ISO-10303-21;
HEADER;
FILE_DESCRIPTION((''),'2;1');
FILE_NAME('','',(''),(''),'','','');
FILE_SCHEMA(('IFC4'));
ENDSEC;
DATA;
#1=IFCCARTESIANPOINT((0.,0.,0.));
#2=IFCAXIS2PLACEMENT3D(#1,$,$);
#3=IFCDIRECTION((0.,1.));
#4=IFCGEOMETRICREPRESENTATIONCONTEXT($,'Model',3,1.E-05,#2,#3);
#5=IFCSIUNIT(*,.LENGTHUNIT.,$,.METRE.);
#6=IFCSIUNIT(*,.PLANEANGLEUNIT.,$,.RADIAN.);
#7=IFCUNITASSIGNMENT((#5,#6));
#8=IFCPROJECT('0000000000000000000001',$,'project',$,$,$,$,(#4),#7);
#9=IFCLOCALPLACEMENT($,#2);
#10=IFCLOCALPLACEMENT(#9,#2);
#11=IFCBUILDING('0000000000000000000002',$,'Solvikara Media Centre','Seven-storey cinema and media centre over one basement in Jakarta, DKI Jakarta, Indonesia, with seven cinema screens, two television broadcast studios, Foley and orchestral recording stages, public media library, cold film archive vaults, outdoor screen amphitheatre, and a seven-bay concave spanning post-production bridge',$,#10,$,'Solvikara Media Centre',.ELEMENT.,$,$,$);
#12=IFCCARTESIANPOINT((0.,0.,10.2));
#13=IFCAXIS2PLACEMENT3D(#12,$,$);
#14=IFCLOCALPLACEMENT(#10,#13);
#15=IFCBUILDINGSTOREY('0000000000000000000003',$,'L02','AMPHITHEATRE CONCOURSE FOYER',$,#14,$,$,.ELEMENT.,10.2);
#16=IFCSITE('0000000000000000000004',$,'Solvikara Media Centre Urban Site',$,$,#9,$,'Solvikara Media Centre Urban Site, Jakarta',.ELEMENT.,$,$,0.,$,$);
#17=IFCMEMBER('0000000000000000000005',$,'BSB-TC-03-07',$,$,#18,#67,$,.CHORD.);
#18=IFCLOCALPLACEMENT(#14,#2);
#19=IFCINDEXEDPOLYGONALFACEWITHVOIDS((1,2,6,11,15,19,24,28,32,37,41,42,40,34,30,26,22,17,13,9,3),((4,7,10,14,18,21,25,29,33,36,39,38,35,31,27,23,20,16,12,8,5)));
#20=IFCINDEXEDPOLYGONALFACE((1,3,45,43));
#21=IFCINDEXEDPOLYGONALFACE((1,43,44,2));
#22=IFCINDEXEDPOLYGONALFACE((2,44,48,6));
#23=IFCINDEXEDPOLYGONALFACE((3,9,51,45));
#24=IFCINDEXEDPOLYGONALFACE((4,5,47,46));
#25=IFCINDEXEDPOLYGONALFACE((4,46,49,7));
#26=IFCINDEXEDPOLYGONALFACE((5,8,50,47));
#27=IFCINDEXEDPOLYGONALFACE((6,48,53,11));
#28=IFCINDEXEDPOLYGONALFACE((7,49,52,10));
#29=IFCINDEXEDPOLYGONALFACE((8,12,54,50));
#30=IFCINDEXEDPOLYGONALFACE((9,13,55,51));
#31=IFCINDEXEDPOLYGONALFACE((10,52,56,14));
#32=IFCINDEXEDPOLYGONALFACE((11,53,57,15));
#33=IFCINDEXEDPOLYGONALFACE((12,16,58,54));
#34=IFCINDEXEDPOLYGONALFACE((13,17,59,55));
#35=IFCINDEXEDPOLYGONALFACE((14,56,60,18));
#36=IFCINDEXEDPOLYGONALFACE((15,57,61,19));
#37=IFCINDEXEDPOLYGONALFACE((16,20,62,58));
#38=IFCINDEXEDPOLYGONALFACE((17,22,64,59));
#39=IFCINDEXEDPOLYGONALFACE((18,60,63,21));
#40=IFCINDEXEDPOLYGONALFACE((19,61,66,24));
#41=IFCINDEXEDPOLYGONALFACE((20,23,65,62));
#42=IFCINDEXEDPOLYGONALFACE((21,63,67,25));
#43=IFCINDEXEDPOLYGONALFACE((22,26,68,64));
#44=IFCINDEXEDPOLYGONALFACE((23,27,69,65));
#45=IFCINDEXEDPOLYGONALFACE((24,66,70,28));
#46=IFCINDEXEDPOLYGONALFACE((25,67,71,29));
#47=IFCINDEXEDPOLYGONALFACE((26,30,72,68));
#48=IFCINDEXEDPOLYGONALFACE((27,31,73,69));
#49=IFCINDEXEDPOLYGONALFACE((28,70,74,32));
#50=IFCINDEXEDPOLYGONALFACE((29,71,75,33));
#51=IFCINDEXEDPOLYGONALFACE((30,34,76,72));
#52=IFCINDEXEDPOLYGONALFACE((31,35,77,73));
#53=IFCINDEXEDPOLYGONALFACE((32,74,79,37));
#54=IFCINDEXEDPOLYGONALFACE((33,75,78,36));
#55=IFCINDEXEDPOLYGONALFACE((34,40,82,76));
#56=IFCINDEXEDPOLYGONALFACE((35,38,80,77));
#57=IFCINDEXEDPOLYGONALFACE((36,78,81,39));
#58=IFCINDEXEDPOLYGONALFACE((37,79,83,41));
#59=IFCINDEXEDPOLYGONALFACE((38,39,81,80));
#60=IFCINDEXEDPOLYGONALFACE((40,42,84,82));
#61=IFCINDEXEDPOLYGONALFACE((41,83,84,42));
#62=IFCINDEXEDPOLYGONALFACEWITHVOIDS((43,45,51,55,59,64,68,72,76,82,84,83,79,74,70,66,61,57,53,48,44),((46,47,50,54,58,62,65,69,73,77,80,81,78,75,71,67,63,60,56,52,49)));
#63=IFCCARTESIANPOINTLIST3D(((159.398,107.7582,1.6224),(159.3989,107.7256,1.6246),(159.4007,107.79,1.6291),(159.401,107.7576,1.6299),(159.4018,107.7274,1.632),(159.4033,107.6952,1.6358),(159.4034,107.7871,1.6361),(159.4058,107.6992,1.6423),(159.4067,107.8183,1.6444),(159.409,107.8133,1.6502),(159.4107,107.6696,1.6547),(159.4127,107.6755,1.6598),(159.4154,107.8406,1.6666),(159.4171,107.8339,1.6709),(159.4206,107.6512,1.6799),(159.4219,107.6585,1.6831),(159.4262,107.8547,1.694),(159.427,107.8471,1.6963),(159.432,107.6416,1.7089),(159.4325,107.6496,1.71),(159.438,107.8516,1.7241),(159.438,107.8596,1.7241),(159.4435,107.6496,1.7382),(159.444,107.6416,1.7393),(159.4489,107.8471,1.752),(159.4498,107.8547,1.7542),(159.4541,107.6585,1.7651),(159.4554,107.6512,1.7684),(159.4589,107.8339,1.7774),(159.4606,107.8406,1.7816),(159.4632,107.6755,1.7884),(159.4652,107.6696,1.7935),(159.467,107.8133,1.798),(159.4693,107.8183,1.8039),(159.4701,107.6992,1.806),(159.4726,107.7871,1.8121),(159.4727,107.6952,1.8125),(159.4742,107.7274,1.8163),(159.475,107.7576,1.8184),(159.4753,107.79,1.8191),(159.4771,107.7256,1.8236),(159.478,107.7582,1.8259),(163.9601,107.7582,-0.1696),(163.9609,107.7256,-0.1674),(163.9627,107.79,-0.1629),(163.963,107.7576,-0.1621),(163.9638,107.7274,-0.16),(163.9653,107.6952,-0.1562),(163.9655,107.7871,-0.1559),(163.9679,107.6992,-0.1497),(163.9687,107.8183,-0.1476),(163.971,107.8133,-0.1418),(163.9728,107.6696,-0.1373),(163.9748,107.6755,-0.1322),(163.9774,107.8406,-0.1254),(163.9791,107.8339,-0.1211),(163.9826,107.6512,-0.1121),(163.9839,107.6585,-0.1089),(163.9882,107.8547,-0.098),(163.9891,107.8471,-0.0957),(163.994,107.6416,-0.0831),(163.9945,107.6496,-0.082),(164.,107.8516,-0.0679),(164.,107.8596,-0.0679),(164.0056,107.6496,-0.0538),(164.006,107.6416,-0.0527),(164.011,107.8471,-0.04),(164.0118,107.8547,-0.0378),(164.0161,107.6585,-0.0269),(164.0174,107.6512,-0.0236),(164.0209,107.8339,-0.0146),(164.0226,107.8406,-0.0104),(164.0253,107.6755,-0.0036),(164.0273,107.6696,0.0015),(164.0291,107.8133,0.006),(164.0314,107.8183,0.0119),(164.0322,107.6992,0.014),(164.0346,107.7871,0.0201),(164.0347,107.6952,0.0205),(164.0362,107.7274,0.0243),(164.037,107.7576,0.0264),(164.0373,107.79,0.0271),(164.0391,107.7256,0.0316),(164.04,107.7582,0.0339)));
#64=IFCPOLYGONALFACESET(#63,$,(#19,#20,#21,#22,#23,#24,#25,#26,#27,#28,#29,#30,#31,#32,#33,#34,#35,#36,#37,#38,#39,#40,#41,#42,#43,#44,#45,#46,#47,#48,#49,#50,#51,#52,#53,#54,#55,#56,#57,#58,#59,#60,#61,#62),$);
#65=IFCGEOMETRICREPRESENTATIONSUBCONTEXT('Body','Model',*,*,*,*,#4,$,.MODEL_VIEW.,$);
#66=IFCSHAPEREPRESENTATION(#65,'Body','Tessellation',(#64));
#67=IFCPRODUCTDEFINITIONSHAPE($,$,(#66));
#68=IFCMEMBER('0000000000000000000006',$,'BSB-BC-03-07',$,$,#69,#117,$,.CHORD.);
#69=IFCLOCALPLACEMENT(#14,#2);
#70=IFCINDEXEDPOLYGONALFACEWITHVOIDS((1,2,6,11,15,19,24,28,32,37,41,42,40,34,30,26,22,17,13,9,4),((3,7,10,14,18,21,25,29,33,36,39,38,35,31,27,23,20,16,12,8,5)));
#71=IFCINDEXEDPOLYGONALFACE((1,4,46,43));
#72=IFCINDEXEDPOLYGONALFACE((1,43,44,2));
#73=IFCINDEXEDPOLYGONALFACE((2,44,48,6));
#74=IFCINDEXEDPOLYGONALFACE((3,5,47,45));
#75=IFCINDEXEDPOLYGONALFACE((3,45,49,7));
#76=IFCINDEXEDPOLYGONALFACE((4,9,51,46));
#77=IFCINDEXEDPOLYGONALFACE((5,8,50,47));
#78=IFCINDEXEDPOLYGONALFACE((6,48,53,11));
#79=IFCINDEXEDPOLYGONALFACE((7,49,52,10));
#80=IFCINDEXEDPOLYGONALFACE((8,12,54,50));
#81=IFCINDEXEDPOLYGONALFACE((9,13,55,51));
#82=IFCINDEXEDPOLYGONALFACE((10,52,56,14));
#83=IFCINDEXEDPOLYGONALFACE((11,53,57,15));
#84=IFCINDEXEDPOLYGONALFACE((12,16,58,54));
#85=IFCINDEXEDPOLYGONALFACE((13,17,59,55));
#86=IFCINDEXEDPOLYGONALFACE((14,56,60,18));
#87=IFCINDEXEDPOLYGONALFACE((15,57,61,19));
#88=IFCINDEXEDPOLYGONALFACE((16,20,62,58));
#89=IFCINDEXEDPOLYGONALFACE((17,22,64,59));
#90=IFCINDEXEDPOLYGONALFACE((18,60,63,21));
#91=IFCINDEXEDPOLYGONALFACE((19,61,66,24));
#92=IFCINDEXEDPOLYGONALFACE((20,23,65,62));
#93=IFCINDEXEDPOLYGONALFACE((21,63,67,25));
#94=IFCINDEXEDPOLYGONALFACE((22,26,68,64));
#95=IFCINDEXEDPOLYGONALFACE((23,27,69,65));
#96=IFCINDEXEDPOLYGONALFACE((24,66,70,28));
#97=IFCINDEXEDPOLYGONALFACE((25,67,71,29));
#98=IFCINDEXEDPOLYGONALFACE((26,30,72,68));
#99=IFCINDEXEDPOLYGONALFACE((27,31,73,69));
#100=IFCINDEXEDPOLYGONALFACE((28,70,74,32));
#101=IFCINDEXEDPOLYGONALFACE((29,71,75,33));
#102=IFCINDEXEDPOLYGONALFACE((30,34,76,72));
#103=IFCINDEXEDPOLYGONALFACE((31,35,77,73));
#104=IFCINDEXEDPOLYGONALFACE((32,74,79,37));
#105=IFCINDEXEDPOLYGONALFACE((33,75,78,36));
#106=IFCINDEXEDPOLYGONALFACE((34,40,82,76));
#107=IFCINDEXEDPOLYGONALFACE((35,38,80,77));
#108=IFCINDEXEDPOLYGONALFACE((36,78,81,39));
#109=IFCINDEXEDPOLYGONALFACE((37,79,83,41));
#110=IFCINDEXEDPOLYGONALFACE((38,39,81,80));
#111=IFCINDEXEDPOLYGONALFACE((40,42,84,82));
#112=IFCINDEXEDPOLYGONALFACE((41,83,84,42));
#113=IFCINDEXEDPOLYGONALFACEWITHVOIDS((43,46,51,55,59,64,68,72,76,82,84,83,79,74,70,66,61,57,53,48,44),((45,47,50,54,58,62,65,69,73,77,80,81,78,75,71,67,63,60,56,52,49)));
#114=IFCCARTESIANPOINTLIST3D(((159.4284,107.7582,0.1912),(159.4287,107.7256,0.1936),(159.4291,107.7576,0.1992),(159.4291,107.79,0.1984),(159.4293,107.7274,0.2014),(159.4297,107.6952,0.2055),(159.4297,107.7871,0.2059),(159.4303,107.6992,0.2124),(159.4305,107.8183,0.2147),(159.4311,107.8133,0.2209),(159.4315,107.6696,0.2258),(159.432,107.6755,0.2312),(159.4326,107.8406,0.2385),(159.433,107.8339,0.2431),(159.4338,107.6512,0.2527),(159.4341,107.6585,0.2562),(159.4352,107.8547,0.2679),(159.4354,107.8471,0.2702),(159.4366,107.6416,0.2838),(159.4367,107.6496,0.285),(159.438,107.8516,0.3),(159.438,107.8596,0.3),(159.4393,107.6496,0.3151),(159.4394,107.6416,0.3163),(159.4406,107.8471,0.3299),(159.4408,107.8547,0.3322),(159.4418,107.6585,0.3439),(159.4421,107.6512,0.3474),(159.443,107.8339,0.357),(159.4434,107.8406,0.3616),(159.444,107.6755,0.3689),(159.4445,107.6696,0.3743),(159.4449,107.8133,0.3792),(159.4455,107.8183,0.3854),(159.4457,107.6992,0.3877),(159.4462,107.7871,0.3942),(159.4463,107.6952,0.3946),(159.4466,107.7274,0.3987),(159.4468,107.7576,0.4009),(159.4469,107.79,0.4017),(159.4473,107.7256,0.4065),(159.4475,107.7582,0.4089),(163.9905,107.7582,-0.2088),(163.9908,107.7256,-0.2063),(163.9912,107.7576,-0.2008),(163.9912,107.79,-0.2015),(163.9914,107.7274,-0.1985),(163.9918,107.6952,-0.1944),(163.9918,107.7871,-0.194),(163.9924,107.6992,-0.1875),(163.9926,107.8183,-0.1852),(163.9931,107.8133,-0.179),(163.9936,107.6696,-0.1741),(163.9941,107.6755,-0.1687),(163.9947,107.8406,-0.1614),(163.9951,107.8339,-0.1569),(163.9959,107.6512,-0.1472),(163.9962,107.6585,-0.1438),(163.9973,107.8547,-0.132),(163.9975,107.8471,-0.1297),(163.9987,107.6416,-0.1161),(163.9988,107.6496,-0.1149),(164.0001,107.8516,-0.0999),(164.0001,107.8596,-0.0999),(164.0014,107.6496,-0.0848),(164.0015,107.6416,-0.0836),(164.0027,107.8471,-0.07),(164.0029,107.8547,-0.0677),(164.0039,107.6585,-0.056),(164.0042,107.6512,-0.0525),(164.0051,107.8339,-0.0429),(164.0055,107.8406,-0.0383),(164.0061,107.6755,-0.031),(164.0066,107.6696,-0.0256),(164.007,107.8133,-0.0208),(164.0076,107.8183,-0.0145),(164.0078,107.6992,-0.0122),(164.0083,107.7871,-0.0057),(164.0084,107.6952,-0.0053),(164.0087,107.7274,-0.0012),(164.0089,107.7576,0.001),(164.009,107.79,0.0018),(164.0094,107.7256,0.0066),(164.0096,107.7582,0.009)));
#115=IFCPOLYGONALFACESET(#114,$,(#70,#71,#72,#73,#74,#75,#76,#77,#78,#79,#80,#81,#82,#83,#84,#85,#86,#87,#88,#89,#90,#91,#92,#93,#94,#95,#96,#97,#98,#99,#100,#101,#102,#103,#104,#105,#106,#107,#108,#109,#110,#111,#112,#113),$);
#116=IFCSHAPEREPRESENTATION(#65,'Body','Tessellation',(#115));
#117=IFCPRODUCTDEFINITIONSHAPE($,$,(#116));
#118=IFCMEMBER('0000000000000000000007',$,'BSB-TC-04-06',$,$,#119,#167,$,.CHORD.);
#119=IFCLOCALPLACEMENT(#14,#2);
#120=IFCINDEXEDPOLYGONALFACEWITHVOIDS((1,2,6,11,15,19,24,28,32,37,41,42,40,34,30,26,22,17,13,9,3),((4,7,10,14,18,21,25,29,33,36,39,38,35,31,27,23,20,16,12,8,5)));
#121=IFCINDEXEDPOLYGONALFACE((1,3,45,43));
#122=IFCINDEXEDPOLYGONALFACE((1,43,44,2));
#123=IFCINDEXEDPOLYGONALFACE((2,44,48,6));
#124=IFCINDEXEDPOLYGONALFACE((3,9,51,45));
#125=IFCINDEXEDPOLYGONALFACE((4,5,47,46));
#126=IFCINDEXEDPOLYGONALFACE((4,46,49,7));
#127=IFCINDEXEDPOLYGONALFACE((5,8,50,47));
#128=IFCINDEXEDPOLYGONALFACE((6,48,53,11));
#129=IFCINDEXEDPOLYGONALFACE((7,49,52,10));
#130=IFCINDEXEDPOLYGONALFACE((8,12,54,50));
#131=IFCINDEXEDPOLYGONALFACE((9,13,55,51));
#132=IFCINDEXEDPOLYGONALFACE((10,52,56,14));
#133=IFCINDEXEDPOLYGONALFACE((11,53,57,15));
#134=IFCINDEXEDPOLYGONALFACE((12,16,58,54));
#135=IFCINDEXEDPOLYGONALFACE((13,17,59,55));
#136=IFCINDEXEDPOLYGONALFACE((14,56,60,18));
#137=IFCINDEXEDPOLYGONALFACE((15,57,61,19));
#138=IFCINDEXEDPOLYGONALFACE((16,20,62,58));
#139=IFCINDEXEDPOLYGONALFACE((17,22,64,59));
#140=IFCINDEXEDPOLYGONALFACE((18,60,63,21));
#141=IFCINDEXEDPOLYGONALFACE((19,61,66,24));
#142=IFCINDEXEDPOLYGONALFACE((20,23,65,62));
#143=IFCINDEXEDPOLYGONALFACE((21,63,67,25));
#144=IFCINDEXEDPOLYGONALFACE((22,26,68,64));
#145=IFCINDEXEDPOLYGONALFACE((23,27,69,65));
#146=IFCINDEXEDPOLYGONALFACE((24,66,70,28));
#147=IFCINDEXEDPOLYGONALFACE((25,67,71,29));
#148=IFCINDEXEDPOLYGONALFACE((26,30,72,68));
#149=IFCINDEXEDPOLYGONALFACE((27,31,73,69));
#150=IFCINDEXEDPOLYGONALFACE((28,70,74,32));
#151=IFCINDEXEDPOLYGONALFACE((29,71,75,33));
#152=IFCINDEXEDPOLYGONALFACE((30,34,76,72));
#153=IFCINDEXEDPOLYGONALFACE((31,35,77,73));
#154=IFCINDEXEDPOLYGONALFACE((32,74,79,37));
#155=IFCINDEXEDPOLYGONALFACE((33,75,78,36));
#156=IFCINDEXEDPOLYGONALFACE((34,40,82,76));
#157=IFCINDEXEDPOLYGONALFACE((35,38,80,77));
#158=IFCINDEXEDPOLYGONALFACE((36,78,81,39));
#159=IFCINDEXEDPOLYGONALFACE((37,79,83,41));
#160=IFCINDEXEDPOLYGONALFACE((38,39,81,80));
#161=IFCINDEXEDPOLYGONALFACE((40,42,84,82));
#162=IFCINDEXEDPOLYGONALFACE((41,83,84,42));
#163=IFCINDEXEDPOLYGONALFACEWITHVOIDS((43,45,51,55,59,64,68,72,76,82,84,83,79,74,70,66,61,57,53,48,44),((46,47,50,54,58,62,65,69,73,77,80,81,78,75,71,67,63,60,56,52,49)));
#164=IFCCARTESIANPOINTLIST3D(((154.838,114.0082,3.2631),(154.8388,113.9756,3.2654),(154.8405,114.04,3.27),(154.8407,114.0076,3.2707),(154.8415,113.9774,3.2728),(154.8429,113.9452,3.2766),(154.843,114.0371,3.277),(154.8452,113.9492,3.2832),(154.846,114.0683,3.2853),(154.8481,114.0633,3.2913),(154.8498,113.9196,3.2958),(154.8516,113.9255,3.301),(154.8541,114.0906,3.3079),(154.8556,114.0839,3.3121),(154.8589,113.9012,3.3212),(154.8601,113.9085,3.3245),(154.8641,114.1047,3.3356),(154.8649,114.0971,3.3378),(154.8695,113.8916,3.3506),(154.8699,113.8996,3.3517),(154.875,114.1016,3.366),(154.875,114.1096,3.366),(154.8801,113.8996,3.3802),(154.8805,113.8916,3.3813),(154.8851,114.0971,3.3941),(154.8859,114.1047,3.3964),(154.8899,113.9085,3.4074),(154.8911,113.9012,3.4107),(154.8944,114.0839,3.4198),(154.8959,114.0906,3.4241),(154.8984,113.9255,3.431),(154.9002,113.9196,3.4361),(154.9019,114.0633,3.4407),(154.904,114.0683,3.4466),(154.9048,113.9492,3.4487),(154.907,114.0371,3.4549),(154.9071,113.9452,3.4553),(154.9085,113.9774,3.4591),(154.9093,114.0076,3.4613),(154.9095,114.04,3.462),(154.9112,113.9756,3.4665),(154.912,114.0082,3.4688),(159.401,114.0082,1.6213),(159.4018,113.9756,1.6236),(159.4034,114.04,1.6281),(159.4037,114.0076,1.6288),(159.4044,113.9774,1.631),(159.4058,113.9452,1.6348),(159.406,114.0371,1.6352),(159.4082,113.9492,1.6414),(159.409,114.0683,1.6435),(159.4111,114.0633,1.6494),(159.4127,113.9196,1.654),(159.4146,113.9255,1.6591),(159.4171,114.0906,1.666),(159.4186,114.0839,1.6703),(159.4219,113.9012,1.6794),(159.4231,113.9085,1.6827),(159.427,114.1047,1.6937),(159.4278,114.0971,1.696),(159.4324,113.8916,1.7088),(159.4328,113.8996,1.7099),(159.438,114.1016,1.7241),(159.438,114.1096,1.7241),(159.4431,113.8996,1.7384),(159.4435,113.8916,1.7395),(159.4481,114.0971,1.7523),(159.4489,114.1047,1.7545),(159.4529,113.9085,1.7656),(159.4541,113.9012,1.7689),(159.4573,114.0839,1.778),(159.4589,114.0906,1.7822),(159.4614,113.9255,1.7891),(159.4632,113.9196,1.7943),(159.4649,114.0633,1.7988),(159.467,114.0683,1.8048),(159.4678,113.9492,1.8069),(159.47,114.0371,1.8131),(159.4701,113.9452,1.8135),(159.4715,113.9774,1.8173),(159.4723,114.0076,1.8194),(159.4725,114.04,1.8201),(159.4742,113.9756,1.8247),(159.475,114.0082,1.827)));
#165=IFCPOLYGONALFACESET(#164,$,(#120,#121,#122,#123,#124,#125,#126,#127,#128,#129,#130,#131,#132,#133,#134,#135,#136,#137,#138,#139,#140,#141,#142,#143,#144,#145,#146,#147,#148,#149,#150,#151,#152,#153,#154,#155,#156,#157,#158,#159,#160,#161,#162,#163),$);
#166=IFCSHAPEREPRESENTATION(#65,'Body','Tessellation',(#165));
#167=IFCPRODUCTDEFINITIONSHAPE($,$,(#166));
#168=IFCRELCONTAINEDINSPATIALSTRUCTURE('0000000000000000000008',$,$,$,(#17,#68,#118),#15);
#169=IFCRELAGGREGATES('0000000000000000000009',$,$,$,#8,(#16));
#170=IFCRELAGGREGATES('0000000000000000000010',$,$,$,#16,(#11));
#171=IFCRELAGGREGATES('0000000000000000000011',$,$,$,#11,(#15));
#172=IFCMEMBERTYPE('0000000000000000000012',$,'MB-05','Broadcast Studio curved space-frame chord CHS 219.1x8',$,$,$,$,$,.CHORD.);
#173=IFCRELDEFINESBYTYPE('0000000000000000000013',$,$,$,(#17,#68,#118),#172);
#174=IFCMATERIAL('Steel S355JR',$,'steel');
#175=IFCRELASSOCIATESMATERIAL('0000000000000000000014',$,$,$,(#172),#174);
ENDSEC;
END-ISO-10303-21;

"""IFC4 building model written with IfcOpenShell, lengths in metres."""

from ifc_helpers import new_model, si_unit, direction, frame, origin, origin_2d, place, context, subcontext, project, spatial, hollow_circle, extrude, material, material_profile, profile_set, type_object, element, save


model = new_model("IFC4")

# Units and contexts
model_context = context("Model", 3, precision=1e-05, world=origin(), true_north=direction((0.0, 1.0)))
body_context = subcontext(model_context, "Body", "Model", "MODEL_VIEW")
ifc_project = project(units=[si_unit("LENGTHUNIT", "METRE"), si_unit("PLANEANGLEUNIT", "RADIAN")], contexts=[model_context])

# Site, building, storey
site_placement = place(None, origin())
site = spatial("IfcSite", under=ifc_project, at=site_placement, Name="Solvikara Media Centre Urban Site", LongName="Solvikara Media Centre Urban Site, Jakarta", CompositionType="ELEMENT", RefElevation=0.0)
building_placement = place(site_placement, origin())
building = spatial("IfcBuilding", under=site, at=building_placement, Name="Solvikara Media Centre", Description="Seven-storey cinema and media centre over one basement in Jakarta, DKI Jakarta, Indonesia, with seven cinema screens, two television broadcast studios, Foley and orchestral recording stages, public media library, cold film archive vaults, outdoor screen amphitheatre, and a seven-bay concave spanning post-production bridge", LongName="Solvikara Media Centre", CompositionType="ELEMENT")
storey_placement = place(building_placement, frame((0.0, 0.0, 10.2)))
storey = spatial("IfcBuildingStorey", under=building, at=storey_placement, Name="L02", Description="AMPHITHEATRE CONCOURSE FOYER", CompositionType="ELEMENT", Elevation=10.2)

# Members
ifc_material_1 = material(Name="Steel S355JR", Category="steel")
ifc_material_profile_1 = material_profile(ifc_material_1, hollow_circle(Radius=0.1096, WallThickness=0.0081, at=origin_2d()), Name="CHS 219.1x8")
ifc_profile_set_1 = profile_set([ifc_material_profile_1], Name="Steel S355JR")
member_type_1 = type_object("IfcMemberType", Name="MB-05", Description="Broadcast Studio curved space-frame chord CHS 219.1x8", PredefinedType="CHORD", material=ifc_profile_set_1)
member_1_placement = place(storey_placement, frame((159.438, 107.75, 1.7241), z_axis=(0.930767, 0.0, -0.365612), x_axis=(0.0, 1.0, 0.0)))
element("IfcMember", 1, at=member_1_placement, inside=storey, type_object=member_type_1, Name="BSB-TC-03-07", PredefinedType="CHORD", context=body_context, shape_type="SweptSolid", body=[
    extrude(hollow_circle(Radius=0.1096, WallThickness=0.0081, at=origin_2d()), origin(), (0.0, 0.0, 1.0), 4.9014),
])
member_2_placement = place(storey_placement, frame((159.438, 107.75, 0.3), z_axis=(0.99618, 0.0, -0.087324), x_axis=(0.0, 1.0, 0.0)))
element("IfcMember", 2, at=member_2_placement, inside=storey, type_object=member_type_1, Name="BSB-BC-03-07", PredefinedType="CHORD", context=body_context, shape_type="SweptSolid", body=[
    extrude(hollow_circle(Radius=0.1096, WallThickness=0.0081, at=origin_2d()), origin(), (0.0, 0.0, 1.0), 4.5796),
])
member_3_placement = place(storey_placement, frame((154.875, 114.0, 3.366), z_axis=(0.940942, 0.0, -0.338568), x_axis=(0.0, 1.0, 0.0)))
element("IfcMember", 3, at=member_3_placement, inside=storey, type_object=member_type_1, Name="BSB-TC-04-06", PredefinedType="CHORD", context=body_context, shape_type="SweptSolid", body=[
    extrude(hollow_circle(Radius=0.1096, WallThickness=0.0081, at=origin_2d()), origin(), (0.0, 0.0, 1.0), 4.8494),
])

save(model, "model.ifc")
